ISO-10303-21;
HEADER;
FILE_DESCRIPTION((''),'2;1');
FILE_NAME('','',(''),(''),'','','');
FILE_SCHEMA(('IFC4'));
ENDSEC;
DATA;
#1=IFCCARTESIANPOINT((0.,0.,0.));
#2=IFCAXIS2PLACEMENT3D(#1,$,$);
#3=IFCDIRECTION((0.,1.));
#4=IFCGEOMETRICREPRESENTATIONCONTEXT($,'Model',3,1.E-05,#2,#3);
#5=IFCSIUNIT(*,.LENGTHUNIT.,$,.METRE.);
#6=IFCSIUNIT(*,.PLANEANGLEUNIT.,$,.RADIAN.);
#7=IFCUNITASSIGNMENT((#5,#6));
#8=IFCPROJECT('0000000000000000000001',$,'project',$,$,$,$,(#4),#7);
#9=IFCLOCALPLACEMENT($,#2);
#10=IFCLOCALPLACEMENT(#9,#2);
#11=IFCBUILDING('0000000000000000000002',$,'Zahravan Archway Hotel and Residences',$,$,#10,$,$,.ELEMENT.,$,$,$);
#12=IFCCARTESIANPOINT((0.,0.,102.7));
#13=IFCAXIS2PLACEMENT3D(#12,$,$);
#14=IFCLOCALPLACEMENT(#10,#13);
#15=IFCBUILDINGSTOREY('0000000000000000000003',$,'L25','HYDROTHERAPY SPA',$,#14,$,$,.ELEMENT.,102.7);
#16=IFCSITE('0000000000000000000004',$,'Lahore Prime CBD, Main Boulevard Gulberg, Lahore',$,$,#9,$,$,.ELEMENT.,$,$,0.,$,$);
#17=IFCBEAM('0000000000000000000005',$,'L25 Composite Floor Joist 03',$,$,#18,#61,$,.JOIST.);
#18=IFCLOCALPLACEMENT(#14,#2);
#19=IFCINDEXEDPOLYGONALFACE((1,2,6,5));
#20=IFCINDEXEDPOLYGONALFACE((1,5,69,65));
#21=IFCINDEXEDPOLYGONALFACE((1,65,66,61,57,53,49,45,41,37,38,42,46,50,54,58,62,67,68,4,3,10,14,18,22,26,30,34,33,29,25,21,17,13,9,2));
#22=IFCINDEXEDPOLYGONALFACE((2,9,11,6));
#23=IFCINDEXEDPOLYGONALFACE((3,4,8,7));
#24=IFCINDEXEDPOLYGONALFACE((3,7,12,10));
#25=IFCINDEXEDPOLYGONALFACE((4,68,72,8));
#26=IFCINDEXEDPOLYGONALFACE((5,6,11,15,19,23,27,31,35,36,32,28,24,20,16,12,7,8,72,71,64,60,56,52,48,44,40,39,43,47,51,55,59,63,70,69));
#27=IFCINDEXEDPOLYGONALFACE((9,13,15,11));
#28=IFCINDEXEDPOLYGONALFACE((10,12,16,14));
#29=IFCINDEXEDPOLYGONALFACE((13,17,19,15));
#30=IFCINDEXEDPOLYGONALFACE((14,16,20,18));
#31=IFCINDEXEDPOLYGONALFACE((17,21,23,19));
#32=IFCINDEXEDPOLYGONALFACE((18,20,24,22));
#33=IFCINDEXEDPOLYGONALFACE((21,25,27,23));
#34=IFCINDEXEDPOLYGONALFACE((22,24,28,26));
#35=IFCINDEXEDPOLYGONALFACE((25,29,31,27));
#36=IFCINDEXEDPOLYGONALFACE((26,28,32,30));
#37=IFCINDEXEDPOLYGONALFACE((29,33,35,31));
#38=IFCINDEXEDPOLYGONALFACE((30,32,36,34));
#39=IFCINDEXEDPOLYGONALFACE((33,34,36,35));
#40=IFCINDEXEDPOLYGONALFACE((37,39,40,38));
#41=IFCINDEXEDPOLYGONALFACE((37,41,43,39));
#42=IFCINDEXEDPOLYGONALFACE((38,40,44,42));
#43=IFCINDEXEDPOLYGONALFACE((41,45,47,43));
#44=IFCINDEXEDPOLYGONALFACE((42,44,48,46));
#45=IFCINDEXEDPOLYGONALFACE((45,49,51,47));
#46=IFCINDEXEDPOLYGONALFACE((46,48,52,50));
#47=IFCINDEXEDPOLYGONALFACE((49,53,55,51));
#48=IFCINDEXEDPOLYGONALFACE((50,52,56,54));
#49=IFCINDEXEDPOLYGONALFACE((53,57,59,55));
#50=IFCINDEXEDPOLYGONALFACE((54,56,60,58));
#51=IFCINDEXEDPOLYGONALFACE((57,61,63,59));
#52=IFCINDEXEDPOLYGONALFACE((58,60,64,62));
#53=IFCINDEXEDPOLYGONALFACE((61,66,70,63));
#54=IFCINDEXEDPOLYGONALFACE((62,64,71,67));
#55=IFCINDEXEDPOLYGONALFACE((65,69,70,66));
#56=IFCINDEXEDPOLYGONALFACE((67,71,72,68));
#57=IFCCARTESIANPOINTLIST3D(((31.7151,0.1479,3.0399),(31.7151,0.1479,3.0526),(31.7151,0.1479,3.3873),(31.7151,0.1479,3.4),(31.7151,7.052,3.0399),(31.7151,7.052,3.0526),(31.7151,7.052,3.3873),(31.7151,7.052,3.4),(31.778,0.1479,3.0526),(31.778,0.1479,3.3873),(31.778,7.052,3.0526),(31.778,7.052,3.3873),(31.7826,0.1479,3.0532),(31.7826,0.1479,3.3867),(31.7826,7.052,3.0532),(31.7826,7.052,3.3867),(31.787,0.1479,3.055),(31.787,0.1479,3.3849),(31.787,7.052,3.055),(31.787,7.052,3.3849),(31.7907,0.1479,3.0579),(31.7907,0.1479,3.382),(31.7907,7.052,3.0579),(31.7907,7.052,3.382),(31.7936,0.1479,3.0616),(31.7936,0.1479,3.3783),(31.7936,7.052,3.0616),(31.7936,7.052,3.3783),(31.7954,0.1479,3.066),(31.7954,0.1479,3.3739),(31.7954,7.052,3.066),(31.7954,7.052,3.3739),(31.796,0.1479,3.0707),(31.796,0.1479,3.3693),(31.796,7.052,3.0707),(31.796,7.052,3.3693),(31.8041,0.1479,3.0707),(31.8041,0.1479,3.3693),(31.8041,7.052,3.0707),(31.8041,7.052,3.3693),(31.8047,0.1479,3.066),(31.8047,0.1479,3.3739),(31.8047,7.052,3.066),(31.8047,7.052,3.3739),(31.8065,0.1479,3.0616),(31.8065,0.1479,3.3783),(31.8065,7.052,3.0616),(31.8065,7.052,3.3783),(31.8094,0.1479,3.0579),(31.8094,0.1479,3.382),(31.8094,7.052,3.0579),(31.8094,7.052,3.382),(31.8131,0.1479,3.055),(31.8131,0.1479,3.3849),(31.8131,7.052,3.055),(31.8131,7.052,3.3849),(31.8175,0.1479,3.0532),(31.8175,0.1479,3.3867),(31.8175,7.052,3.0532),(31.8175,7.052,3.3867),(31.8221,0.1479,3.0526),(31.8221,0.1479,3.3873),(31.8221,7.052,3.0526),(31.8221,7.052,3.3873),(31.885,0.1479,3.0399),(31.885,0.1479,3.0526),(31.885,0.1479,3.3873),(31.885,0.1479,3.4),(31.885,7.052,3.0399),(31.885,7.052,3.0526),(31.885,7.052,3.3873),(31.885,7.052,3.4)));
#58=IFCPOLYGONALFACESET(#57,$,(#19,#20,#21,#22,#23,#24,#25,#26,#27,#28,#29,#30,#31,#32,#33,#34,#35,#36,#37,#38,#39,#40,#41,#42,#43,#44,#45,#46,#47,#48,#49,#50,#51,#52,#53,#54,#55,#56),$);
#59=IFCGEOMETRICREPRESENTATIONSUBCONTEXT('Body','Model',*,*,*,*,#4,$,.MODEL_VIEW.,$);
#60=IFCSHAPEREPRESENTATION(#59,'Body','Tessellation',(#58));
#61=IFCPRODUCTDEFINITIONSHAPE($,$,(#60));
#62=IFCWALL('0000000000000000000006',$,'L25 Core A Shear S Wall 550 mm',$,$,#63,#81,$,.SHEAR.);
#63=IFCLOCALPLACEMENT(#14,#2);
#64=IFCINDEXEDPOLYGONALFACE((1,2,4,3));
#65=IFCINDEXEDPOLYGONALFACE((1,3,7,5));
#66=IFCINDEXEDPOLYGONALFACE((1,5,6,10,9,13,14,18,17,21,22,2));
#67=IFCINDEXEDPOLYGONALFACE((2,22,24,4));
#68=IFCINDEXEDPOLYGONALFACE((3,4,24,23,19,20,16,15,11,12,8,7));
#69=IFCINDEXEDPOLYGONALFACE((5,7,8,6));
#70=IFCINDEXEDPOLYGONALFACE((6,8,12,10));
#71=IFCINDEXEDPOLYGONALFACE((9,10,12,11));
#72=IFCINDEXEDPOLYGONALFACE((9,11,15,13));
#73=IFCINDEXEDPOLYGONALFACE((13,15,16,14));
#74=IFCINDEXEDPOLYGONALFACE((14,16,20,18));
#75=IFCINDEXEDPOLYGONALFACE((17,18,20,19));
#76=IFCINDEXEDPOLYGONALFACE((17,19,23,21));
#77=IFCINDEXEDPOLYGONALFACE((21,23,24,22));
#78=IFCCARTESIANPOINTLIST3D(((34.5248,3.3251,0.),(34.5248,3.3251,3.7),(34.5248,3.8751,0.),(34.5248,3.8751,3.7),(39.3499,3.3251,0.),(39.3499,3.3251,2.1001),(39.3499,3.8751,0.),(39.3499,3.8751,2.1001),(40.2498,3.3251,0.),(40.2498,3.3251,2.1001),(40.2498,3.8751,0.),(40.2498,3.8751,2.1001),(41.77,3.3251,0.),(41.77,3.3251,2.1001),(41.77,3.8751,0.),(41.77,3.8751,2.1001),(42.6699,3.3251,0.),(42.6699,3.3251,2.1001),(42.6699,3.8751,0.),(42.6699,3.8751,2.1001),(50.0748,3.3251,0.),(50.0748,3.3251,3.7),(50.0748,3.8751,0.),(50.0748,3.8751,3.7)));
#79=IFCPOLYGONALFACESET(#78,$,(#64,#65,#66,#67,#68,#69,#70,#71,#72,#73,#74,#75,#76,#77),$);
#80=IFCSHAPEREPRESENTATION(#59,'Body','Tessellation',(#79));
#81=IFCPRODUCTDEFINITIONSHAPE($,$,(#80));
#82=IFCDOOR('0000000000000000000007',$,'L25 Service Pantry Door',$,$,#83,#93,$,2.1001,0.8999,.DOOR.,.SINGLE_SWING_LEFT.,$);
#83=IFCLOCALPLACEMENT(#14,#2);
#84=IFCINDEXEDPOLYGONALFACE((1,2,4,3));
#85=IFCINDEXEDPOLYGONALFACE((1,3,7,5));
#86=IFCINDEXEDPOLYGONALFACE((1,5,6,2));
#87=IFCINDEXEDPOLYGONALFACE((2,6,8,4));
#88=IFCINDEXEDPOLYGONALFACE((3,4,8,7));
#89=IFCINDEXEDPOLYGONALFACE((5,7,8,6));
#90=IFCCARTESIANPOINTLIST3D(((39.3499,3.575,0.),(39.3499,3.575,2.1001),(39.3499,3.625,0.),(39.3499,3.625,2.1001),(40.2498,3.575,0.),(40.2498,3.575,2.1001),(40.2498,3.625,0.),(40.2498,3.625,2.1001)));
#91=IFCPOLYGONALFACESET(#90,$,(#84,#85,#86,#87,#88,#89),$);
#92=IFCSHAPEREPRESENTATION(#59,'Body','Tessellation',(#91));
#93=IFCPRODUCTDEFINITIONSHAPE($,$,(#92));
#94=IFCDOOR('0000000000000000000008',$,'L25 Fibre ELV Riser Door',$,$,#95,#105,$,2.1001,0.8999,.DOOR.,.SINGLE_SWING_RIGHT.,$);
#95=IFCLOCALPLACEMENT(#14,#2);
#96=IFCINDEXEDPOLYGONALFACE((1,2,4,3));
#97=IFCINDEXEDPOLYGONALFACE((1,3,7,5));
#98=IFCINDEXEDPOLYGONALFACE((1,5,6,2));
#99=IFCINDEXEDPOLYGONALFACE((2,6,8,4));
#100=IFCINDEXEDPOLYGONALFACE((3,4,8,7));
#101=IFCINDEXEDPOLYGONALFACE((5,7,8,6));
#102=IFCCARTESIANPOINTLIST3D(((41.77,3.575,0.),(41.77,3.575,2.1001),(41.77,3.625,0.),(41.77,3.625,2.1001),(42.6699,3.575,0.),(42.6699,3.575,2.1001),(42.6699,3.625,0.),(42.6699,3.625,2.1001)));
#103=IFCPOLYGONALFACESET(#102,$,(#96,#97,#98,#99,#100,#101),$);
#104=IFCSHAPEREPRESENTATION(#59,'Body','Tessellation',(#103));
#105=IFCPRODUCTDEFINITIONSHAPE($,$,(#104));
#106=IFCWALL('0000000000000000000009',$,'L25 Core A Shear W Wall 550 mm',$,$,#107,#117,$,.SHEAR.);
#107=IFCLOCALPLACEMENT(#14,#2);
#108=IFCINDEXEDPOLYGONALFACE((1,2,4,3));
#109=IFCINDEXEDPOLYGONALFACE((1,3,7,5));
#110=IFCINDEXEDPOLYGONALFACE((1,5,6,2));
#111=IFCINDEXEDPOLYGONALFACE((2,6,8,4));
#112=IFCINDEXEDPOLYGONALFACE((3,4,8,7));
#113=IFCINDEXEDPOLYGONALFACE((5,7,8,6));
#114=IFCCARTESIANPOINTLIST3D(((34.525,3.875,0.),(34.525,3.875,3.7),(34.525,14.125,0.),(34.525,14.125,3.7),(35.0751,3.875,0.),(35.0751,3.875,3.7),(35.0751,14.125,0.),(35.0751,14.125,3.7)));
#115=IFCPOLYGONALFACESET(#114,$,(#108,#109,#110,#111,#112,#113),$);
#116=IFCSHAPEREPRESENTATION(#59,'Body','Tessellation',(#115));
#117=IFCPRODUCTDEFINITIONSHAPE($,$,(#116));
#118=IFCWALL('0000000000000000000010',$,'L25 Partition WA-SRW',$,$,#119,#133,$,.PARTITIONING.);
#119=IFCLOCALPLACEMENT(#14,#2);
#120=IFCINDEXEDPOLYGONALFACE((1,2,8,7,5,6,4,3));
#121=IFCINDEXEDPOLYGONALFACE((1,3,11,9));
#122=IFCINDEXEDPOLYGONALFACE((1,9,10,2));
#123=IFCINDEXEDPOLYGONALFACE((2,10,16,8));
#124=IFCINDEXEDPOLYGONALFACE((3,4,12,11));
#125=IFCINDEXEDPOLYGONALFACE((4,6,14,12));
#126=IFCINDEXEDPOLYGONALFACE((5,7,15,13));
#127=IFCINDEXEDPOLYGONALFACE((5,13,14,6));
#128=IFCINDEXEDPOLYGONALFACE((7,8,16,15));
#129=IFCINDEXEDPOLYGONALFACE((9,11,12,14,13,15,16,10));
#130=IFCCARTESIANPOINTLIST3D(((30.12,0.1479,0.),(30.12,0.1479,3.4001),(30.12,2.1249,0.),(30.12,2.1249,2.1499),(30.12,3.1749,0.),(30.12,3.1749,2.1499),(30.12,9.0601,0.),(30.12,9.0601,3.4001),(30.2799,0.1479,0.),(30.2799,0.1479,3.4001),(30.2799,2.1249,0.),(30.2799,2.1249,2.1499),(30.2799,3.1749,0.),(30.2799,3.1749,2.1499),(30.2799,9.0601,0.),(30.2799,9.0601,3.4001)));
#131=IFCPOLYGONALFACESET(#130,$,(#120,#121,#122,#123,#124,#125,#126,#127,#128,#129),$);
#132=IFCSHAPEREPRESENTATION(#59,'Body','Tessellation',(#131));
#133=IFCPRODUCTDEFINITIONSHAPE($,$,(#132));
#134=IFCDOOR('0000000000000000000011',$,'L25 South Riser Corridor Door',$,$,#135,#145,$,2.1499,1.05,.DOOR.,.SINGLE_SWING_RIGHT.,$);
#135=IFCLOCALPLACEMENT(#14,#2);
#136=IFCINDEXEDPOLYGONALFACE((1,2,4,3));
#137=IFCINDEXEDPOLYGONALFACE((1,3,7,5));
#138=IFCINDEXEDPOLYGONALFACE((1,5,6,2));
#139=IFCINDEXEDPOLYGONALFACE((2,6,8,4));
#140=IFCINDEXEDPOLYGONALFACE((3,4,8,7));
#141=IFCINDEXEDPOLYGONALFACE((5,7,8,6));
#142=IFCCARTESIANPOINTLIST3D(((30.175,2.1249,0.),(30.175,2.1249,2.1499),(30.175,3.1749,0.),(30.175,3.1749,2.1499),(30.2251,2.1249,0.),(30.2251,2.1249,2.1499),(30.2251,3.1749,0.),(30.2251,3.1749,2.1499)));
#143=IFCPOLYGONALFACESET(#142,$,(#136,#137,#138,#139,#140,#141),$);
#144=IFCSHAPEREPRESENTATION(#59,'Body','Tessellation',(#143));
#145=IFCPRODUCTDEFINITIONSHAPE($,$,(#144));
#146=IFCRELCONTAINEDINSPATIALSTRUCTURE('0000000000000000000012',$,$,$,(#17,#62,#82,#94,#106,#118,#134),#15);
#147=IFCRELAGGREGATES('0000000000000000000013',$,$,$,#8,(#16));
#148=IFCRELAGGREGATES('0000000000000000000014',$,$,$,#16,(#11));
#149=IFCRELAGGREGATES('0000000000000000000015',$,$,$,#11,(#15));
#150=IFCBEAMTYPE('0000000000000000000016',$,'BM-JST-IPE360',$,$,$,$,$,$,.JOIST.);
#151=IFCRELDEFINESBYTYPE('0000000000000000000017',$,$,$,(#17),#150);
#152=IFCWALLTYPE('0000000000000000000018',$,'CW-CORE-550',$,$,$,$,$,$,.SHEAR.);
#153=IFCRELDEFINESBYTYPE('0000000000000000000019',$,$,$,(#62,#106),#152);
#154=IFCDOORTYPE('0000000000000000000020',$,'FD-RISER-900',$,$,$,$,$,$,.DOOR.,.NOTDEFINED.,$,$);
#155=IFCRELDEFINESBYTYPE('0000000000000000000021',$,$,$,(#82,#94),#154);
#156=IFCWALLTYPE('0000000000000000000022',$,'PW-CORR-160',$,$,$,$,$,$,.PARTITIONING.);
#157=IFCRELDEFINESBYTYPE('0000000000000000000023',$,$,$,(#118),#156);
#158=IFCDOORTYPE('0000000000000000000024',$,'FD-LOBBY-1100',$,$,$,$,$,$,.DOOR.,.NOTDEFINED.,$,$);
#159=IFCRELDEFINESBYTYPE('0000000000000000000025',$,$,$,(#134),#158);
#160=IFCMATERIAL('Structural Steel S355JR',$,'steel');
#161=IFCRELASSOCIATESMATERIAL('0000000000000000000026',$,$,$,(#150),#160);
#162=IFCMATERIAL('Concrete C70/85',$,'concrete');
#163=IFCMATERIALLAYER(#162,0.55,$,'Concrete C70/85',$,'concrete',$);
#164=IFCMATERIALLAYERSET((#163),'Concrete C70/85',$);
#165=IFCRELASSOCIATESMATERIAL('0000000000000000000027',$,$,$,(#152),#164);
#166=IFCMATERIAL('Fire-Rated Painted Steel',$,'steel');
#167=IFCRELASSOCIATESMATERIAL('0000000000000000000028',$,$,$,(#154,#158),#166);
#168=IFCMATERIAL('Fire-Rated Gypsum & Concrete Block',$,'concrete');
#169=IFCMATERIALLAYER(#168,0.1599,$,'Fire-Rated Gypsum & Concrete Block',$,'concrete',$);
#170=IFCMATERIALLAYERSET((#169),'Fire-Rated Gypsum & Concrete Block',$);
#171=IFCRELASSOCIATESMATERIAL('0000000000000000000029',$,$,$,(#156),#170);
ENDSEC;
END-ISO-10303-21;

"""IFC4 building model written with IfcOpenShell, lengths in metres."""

from ifc_helpers import new_model, si_unit, direction, frame, frame_2d, origin, origin_2d, place, context, subcontext, project, spatial, rectangle, i_section, extrude, source, transform, mapped, material, layer, layer_set, material_profile, profile_set, type_object, type_shapes, element, fill, save


model = new_model("IFC4")

# Units and contexts
model_context = context("Model", 3, precision=1e-05, world=origin(), true_north=direction((0.0, 1.0)))
body_context = subcontext(model_context, "Body", "Model", "MODEL_VIEW")
ifc_project = project(units=[si_unit("LENGTHUNIT", "METRE"), si_unit("PLANEANGLEUNIT", "RADIAN")], contexts=[model_context])

# Site, building, storey
site_placement = place(None, origin())
site = spatial("IfcSite", under=ifc_project, at=site_placement, Name="Lahore Prime CBD, Main Boulevard Gulberg, Lahore", CompositionType="ELEMENT", RefElevation=0.0)
building_placement = place(site_placement, origin())
building = spatial("IfcBuilding", under=site, at=building_placement, Name="Zahravan Archway Hotel and Residences", CompositionType="ELEMENT")
storey_placement = place(building_placement, frame((0.0, 0.0, 102.7)))
storey = spatial("IfcBuildingStorey", under=building, at=storey_placement, Name="L25", Description="HYDROTHERAPY SPA", CompositionType="ELEMENT", Elevation=102.7)

# Shared definitions
ifc_material_1 = material(Name="Concrete C70/85", Category="concrete")

# Beam
ifc_material_2 = material(Name="Structural Steel S355JR", Category="steel")
ifc_material_profile_1 = material_profile(ifc_material_2, i_section(OverallWidth=0.1699, OverallDepth=0.3601, WebThickness=0.0081, FlangeThickness=0.0127, FilletRadius=0.0181, at=origin_2d()), Name="IPE 360", Category="steel")
ifc_profile_set_1 = profile_set([ifc_material_profile_1], Name="Structural Steel S355JR")
beam_type_1 = type_object("IfcBeamType", Name="BM-JST-IPE360", PredefinedType="JOIST", material=ifc_profile_set_1)
shared_shape_1 = source(origin(), body_context, "Body", "SweptSolid", [
    extrude(i_section(OverallWidth=0.1699, OverallDepth=0.3601, WebThickness=0.0081, FlangeThickness=0.0127, FilletRadius=0.0181, at=origin_2d()), origin(), (0.0, 0.0, 1.0), 6.9041),
])
type_shapes(beam_type_1, [shared_shape_1])
beam_1_placement = place(storey_placement, frame((31.8, 0.1479, 3.22), z_axis=(0.0, 1.0, 0.0), x_axis=(-1.0, 0.0, 0.0)))
element("IfcBeam", 1, at=beam_1_placement, inside=storey, type_object=beam_type_1, Name="L25 Composite Floor Joist 03", PredefinedType="JOIST", context=body_context, shape_type="MappedRepresentation", body=[
    mapped(shared_shape_1, transform((0.0, 0.0, 0.0), scale=1.0)),
])

# Wall, openings, doors
ifc_layer_1 = layer(ifc_material_1, 0.55, Name="Concrete C70/85", Category="concrete")
ifc_layer_set_1 = layer_set([ifc_layer_1], Name="Concrete C70/85")
wall_type_1 = type_object("IfcWallType", Name="CW-CORE-550", PredefinedType="SHEAR", material=ifc_layer_set_1)
wall_1_placement = place(storey_placement, frame((34.5249, 3.6001, 0.0), z_axis=(0.0, 0.0, 1.0), x_axis=(1.0, 0.0, 0.0)))
wall_1 = element("IfcWall", 2, at=wall_1_placement, inside=storey, type_object=wall_type_1, Name="L25 Core A Shear S Wall 550 mm", PredefinedType="SHEAR", context=body_context, shape_type="SweptSolid", body=[
    extrude(rectangle(XDim=15.55, YDim=0.55, at=frame_2d((7.7749, 0.0))), origin(), (0.0, 0.0, 1.0), 3.7),
])
opening_1_placement = place(wall_1_placement, frame((4.825, 0.0, 0.0)))
opening_1 = element("IfcOpeningElement", 3, at=opening_1_placement, cuts=wall_1, PredefinedType="OPENING", context=body_context, shape_type="SweptSolid", body=[
    extrude(rectangle(XDim=0.8999, YDim=2.1001, at=frame_2d((0.45, 1.05))), frame((0.0, 0.2852, 0.0), z_axis=(0.0, -1.0, 0.0), x_axis=(1.0, 0.0, 0.0)), (0.0, 0.0, 1.0), 0.5701),
])
opening_2_placement = place(wall_1_placement, frame((7.2451, 0.0, 0.0)))
opening_2 = element("IfcOpeningElement", 4, at=opening_2_placement, cuts=wall_1, PredefinedType="OPENING", context=body_context, shape_type="SweptSolid", body=[
    extrude(rectangle(XDim=0.8999, YDim=2.1001, at=frame_2d((0.45, 1.05))), frame((0.0, 0.2852, 0.0), z_axis=(0.0, -1.0, 0.0), x_axis=(1.0, 0.0, 0.0)), (0.0, 0.0, 1.0), 0.5701),
])
ifc_material_3 = material(Name="Fire-Rated Painted Steel", Category="steel")
door_type_1 = type_object("IfcDoorType", Name="FD-RISER-900", OperationType="NOTDEFINED", PredefinedType="DOOR", material=ifc_material_3)
shared_shape_2 = source(origin(), body_context, "Body", "SweptSolid", [
    extrude(rectangle(XDim=0.8999, YDim=2.1001, at=frame_2d((0.45, 1.05))), frame((0.0, 0.0249, 0.0), z_axis=(0.0, -1.0, 0.0), x_axis=(1.0, 0.0, 0.0)), (0.0, 0.0, 1.0), 0.05),
])
type_shapes(door_type_1, [shared_shape_2])
door_1_placement = place(opening_1_placement, origin())
door_1 = element("IfcDoor", 5, at=door_1_placement, inside=storey, type_object=door_type_1, Name="L25 Service Pantry Door", OperationType="SINGLE_SWING_LEFT", OverallHeight=2.1001, OverallWidth=0.8999, PredefinedType="DOOR", context=body_context, shape_type="MappedRepresentation", body=[
    mapped(shared_shape_2, transform((0.0, 0.0, 0.0), scale=1.0)),
])
fill(opening_1, door_1)
door_2_placement = place(opening_2_placement, origin())
door_2 = element("IfcDoor", 6, at=door_2_placement, inside=storey, type_object=door_type_1, Name="L25 Fibre ELV Riser Door", OperationType="SINGLE_SWING_RIGHT", OverallHeight=2.1001, OverallWidth=0.8999, PredefinedType="DOOR", context=body_context, shape_type="MappedRepresentation", body=[
    mapped(shared_shape_2, transform((0.0, 0.0, 0.0), scale=1.0)),
])
fill(opening_2, door_2)

# Wall
wall_2_placement = place(storey_placement, frame((34.8, 3.875, 0.0), z_axis=(0.0, 0.0, 1.0), x_axis=(0.0, 1.0, 0.0)))
element("IfcWall", 7, at=wall_2_placement, inside=storey, type_object=wall_type_1, Name="L25 Core A Shear W Wall 550 mm", PredefinedType="SHEAR", context=body_context, shape_type="SweptSolid", body=[
    extrude(rectangle(XDim=10.25, YDim=0.55, at=frame_2d((5.125, 0.0))), origin(), (0.0, 0.0, 1.0), 3.7),
])

# Wall, opening, door
ifc_material_4 = material(Name="Fire-Rated Gypsum & Concrete Block", Category="concrete")
ifc_layer_2 = layer(ifc_material_4, 0.1599, Name="Fire-Rated Gypsum & Concrete Block", Category="concrete")
ifc_layer_set_2 = layer_set([ifc_layer_2], Name="Fire-Rated Gypsum & Concrete Block")
wall_type_2 = type_object("IfcWallType", Name="PW-CORR-160", PredefinedType="PARTITIONING", material=ifc_layer_set_2)
wall_3_placement = place(storey_placement, frame((30.2, 0.1479, 0.0), z_axis=(0.0, 0.0, 1.0), x_axis=(0.0, 1.0, 0.0)))
wall_3 = element("IfcWall", 8, at=wall_3_placement, inside=storey, type_object=wall_type_2, Name="L25 Partition WA-SRW", PredefinedType="PARTITIONING", context=body_context, shape_type="SweptSolid", body=[
    extrude(rectangle(XDim=8.9121, YDim=0.1599, at=frame_2d((4.4561, 0.0))), origin(), (0.0, 0.0, 1.0), 3.4001),
])
opening_3_placement = place(wall_3_placement, frame((1.9771, 0.0, 0.0)))
opening_3 = element("IfcOpeningElement", 9, at=opening_3_placement, cuts=wall_3, PredefinedType="OPENING", context=body_context, shape_type="SweptSolid", body=[
    extrude(rectangle(XDim=1.05, YDim=2.1499, at=frame_2d((0.5249, 1.075))), frame((0.0, 0.0898, 0.0), z_axis=(0.0, -1.0, 0.0), x_axis=(1.0, 0.0, 0.0)), (0.0, 0.0, 1.0), 0.1799),
])
door_type_2 = type_object("IfcDoorType", Name="FD-LOBBY-1100", OperationType="NOTDEFINED", PredefinedType="DOOR", material=ifc_material_3)
shared_shape_3 = source(origin(), body_context, "Body", "SweptSolid", [
    extrude(rectangle(XDim=1.05, YDim=2.1499, at=frame_2d((0.5249, 1.075))), frame((0.0, 0.0249, 0.0), z_axis=(0.0, -1.0, 0.0), x_axis=(1.0, 0.0, 0.0)), (0.0, 0.0, 1.0), 0.05),
])
type_shapes(door_type_2, [shared_shape_3])
door_3_placement = place(opening_3_placement, origin())
door_3 = element("IfcDoor", 10, at=door_3_placement, inside=storey, type_object=door_type_2, Name="L25 South Riser Corridor Door", OperationType="SINGLE_SWING_RIGHT", OverallHeight=2.1499, OverallWidth=1.05, PredefinedType="DOOR", context=body_context, shape_type="MappedRepresentation", body=[
    mapped(shared_shape_3, transform((0.0, 0.0, 0.0), scale=1.0)),
])
fill(opening_3, door_3)

save(model, "model.ifc")
